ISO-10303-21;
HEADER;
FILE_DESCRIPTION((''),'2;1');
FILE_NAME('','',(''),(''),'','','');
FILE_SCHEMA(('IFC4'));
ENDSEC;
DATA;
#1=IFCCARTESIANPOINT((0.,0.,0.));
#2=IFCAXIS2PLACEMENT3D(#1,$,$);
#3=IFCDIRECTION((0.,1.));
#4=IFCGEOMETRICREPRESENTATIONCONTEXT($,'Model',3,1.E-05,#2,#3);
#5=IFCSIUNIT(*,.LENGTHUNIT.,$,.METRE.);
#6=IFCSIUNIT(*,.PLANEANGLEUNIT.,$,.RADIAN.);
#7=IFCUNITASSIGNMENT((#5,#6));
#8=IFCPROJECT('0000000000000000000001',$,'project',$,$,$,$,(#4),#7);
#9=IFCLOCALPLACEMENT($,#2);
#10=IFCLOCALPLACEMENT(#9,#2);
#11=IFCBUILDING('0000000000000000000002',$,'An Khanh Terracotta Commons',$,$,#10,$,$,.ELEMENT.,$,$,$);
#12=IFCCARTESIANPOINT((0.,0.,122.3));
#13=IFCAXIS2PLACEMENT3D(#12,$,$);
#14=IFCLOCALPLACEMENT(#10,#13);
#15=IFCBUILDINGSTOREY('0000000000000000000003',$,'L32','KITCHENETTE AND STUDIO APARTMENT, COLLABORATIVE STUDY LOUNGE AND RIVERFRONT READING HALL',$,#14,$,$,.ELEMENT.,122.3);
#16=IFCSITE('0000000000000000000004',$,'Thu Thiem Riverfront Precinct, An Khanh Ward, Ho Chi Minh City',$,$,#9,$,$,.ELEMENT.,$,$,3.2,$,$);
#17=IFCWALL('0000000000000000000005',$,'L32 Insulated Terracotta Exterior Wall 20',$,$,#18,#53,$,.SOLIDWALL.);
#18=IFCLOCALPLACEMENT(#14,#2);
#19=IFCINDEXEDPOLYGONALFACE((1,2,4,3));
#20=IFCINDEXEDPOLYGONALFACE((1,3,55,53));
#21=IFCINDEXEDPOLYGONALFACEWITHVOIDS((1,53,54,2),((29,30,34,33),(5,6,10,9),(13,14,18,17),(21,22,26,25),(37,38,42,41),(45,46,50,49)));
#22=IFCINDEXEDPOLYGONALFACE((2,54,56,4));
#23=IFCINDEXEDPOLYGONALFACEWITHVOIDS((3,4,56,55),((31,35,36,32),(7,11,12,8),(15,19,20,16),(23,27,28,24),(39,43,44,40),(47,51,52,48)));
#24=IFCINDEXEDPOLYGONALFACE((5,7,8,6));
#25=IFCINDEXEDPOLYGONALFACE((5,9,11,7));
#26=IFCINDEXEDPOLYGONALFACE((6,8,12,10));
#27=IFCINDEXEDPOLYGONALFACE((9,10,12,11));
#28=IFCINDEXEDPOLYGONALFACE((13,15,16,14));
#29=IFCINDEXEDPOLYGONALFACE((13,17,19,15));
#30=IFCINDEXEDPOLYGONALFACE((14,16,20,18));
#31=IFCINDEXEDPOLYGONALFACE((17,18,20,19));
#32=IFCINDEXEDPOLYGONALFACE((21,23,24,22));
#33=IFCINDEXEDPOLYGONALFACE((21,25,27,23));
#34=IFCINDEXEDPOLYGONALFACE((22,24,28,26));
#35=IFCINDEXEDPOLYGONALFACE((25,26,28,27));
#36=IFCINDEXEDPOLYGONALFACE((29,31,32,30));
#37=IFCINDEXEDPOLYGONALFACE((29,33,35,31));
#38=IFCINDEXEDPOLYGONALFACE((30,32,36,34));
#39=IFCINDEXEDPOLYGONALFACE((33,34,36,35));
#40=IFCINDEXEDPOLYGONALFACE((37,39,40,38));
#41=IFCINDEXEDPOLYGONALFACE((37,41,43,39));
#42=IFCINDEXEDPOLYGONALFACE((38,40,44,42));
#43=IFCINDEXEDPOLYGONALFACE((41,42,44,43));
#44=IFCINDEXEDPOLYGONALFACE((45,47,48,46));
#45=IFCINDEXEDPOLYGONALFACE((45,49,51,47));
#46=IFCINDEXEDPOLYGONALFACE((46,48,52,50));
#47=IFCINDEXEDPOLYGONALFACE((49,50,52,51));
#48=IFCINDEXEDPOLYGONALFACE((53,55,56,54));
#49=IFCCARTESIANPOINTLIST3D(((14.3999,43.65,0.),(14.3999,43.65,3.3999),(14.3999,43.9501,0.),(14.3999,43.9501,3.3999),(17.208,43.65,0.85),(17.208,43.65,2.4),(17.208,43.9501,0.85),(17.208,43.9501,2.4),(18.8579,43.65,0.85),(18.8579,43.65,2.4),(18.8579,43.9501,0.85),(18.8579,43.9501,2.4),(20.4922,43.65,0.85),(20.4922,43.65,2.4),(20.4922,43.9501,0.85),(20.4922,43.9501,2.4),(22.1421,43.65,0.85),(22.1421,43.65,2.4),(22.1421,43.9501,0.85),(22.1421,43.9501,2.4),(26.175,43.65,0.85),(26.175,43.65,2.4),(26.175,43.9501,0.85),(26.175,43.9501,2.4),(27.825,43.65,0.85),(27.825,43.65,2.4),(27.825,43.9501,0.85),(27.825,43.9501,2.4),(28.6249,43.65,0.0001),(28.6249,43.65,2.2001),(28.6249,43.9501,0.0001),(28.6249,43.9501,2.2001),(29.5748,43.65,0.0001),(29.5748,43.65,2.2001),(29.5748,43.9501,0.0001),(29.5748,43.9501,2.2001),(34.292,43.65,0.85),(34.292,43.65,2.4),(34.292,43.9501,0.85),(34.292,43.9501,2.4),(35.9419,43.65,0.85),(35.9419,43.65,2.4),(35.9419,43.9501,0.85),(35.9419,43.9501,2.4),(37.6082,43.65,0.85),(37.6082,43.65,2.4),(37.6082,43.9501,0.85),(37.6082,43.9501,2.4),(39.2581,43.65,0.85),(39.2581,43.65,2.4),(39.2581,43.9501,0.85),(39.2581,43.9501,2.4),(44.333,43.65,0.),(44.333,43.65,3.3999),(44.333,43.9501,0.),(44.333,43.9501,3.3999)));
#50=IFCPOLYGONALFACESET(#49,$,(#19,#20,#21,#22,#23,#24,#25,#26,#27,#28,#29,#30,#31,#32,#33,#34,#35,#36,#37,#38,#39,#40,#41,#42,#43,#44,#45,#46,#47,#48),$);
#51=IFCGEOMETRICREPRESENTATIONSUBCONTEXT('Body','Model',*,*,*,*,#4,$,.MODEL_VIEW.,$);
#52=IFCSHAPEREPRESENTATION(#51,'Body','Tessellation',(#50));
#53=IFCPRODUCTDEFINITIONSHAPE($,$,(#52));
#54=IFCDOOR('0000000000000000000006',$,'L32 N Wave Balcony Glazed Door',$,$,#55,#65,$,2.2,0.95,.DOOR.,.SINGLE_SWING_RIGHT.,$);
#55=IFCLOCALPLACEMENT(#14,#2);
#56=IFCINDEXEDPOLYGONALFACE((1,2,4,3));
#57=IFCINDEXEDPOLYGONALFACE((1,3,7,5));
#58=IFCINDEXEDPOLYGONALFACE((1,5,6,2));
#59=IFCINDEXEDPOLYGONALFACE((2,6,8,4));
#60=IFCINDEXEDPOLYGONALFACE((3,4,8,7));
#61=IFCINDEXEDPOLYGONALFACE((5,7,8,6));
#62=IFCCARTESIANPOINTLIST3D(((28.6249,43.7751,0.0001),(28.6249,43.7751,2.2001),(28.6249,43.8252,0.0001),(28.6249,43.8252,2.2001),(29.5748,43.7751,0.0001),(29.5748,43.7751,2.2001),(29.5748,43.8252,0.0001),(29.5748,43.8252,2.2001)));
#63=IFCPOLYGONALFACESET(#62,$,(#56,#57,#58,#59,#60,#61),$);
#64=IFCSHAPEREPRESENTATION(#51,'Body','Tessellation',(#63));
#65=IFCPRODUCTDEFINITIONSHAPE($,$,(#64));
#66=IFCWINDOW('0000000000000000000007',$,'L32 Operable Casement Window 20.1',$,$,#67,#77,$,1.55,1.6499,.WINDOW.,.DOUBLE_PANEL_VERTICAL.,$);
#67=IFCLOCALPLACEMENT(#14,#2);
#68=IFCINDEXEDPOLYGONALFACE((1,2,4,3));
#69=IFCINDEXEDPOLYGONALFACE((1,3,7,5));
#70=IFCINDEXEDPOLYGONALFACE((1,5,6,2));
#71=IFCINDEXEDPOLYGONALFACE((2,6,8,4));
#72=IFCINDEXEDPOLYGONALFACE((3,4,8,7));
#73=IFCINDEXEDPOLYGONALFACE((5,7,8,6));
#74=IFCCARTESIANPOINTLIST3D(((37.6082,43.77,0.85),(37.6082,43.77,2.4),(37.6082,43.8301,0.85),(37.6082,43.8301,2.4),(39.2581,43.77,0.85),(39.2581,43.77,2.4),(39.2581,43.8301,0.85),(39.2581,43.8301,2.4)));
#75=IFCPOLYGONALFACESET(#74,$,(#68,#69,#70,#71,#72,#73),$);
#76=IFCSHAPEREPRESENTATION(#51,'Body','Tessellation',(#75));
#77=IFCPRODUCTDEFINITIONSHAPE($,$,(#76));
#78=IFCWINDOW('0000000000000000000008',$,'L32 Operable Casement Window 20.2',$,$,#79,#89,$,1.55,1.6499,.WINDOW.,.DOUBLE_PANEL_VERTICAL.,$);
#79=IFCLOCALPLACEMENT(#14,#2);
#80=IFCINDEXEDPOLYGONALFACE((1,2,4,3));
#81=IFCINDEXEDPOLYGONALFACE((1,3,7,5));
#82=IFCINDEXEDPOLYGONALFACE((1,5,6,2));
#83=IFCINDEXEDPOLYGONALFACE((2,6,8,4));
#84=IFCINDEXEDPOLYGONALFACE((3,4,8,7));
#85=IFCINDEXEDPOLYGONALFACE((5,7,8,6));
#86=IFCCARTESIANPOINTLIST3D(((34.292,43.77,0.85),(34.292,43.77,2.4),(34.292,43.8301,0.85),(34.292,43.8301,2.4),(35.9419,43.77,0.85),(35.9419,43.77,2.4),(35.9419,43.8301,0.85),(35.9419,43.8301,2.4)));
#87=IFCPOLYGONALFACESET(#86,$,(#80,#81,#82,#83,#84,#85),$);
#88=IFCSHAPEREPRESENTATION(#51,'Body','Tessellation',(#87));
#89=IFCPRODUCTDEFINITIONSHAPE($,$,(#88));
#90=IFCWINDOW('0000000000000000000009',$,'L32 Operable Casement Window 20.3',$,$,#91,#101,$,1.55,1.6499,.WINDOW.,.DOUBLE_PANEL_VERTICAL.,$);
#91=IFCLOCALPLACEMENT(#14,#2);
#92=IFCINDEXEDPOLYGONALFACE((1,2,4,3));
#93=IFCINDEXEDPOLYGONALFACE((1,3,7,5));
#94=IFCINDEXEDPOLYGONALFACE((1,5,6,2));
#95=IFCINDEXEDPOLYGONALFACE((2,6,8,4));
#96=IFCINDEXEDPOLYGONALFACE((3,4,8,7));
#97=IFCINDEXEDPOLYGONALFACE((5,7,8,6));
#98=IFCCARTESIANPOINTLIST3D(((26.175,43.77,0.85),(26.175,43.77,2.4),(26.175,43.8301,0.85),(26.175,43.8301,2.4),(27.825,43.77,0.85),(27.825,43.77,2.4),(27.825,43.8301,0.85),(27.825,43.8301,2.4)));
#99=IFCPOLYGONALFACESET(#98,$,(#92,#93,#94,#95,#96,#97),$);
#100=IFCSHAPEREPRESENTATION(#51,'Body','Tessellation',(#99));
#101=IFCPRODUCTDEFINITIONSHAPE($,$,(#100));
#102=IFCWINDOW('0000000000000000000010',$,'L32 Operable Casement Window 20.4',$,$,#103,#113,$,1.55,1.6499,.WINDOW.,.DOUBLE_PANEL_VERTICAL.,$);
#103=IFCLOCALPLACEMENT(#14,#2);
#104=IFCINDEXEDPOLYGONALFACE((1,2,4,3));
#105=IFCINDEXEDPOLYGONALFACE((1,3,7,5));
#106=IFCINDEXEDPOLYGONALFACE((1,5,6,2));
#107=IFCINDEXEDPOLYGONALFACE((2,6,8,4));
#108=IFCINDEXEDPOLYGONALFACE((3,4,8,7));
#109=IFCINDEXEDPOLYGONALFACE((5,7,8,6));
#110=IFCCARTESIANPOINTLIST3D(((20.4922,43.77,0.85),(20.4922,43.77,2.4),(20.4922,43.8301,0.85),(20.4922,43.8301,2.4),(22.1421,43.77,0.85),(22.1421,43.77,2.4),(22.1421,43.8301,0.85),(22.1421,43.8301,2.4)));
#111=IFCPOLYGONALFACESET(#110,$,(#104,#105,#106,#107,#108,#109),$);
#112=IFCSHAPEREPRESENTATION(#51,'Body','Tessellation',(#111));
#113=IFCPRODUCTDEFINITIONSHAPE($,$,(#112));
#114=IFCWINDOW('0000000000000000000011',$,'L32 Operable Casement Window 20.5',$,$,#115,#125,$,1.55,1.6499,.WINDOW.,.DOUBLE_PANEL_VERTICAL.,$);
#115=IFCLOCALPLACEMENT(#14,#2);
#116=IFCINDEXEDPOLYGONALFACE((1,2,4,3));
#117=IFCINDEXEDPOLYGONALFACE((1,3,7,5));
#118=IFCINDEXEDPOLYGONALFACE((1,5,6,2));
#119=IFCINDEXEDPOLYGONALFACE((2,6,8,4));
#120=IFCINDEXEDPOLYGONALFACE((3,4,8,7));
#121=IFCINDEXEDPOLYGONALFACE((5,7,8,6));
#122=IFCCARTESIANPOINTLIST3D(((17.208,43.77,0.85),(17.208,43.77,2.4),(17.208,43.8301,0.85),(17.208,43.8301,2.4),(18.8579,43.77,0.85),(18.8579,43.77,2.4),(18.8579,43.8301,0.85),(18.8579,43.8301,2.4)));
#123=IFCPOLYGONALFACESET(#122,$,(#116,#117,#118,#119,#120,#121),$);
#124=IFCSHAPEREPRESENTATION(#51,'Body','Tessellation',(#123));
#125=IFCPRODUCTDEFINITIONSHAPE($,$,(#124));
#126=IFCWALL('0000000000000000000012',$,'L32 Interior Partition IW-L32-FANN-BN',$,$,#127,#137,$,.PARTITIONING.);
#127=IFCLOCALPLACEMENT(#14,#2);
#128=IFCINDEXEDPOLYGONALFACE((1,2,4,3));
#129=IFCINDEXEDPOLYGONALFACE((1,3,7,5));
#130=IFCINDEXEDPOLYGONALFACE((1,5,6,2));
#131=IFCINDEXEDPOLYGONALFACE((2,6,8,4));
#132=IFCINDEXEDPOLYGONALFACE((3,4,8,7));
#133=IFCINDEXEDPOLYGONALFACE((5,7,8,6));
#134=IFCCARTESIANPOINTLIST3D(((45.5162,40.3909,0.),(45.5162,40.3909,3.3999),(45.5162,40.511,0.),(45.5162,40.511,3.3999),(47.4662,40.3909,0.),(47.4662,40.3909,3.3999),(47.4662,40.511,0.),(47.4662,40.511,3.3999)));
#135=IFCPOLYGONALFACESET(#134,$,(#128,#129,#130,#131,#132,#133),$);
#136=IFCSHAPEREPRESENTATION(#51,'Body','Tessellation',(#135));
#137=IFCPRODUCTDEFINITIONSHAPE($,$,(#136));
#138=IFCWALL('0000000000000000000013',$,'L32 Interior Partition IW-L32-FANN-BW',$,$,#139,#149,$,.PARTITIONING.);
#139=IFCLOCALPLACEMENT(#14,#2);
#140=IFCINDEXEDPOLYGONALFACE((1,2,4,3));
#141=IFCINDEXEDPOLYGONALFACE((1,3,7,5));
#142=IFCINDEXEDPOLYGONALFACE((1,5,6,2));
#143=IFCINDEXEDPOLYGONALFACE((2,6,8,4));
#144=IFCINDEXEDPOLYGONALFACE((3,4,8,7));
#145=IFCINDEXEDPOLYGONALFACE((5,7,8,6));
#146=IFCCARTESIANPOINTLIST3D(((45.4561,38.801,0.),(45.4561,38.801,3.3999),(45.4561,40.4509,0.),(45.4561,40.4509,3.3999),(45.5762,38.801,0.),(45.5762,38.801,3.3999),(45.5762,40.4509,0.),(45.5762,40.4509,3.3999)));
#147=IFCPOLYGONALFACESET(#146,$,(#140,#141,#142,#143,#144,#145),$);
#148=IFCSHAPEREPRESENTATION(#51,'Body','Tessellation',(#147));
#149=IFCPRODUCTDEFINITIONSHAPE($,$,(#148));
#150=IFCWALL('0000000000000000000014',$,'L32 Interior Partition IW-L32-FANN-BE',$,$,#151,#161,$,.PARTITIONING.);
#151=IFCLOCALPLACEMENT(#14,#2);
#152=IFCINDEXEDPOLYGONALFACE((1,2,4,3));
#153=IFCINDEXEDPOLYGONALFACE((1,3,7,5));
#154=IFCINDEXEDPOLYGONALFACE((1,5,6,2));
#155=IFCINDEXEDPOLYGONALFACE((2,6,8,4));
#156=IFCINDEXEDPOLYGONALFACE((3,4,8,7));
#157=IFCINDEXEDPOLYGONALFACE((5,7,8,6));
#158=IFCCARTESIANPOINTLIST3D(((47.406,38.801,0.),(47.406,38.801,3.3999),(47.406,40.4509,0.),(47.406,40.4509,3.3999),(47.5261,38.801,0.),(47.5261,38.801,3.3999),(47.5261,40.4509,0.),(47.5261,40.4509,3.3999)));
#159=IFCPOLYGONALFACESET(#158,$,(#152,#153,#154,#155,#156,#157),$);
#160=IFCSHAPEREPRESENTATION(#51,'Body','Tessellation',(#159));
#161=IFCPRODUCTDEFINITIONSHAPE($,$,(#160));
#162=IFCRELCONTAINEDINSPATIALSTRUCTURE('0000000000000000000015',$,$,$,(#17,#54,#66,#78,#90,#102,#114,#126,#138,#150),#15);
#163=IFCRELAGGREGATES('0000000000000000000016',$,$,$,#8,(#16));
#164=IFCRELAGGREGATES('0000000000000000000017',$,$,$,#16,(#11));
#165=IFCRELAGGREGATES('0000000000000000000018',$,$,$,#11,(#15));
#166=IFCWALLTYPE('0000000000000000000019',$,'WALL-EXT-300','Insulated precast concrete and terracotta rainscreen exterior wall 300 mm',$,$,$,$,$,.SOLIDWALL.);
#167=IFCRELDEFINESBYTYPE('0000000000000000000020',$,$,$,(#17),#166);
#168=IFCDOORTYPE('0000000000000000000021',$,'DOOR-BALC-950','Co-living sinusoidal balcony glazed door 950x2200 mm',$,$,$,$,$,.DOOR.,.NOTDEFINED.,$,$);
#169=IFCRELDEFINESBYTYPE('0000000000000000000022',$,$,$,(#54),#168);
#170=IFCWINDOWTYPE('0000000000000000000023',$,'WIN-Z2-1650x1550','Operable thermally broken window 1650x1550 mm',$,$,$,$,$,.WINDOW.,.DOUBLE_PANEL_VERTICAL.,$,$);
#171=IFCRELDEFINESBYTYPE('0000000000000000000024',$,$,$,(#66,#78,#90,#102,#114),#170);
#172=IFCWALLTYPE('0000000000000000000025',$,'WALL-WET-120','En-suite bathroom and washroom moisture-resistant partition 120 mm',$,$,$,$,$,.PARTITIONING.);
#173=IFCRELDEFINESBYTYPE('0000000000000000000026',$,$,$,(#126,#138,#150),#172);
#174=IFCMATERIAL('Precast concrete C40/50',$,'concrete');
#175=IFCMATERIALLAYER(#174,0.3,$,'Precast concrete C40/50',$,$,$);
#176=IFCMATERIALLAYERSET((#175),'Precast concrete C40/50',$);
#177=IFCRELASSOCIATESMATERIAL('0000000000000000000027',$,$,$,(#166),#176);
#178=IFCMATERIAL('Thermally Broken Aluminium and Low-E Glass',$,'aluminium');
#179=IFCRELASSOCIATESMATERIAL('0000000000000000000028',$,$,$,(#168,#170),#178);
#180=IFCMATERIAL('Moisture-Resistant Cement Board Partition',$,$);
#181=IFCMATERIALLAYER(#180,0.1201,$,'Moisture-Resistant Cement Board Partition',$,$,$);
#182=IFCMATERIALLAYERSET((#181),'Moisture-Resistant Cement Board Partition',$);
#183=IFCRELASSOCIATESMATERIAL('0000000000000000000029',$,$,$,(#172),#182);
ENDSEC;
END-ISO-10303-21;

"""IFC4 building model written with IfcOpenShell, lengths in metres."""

from ifc_helpers import new_model, si_unit, direction, frame, frame_2d, origin, place, context, subcontext, project, spatial, rectangle, extrude, material, layer, layer_set, type_object, element, fill, save


model = new_model("IFC4")

# Units and contexts
model_context = context("Model", 3, precision=1e-05, world=origin(), true_north=direction((0.0, 1.0)))
body_context = subcontext(model_context, "Body", "Model", "MODEL_VIEW")
ifc_project = project(units=[si_unit("LENGTHUNIT", "METRE"), si_unit("PLANEANGLEUNIT", "RADIAN")], contexts=[model_context])

# Site, building, storey
site_placement = place(None, origin())
site = spatial("IfcSite", under=ifc_project, at=site_placement, Name="Thu Thiem Riverfront Precinct, An Khanh Ward, Ho Chi Minh City", CompositionType="ELEMENT", RefElevation=3.2)
building_placement = place(site_placement, origin())
building = spatial("IfcBuilding", under=site, at=building_placement, Name="An Khanh Terracotta Commons", CompositionType="ELEMENT")
storey_placement = place(building_placement, frame((0.0, 0.0, 122.3)))
storey = spatial("IfcBuildingStorey", under=building, at=storey_placement, Name="L32", Description="KITCHENETTE AND STUDIO APARTMENT, COLLABORATIVE STUDY LOUNGE AND RIVERFRONT READING HALL", CompositionType="ELEMENT", Elevation=122.3)

# Shared definitions
ifc_material_1 = material(Name="Precast concrete C40/50", Category="concrete")
ifc_layer_1 = layer(ifc_material_1, 0.3, Name="Precast concrete C40/50")
ifc_layer_set_1 = layer_set([ifc_layer_1], Name="Precast concrete C40/50")
wall_type_1 = type_object("IfcWallType", Name="WALL-EXT-300", Description="Insulated precast concrete and terracotta rainscreen exterior wall 300 mm", PredefinedType="SOLIDWALL", material=ifc_layer_set_1)

# Wall, openings, door, windows
wall_1_placement = place(storey_placement, frame((44.333, 43.8, 0.0), z_axis=(0.0, 0.0, 1.0), x_axis=(-1.0, 0.0, 0.0)))
wall_1 = element("IfcWall", 1, at=wall_1_placement, inside=storey, type_object=wall_type_1, Name="L32 Insulated Terracotta Exterior Wall 20", PredefinedType="SOLIDWALL", context=body_context, shape_type="SweptSolid", body=[
    extrude(rectangle(XDim=29.9331, YDim=0.3, at=frame_2d((14.9666, 0.0))), origin(), (0.0, 0.0, 1.0), 3.3999),
])
opening_1_placement = place(wall_1_placement, frame((14.7581, 0.0, 0.0)))
opening_1 = element("IfcOpeningElement", 2, at=opening_1_placement, cuts=wall_1, PredefinedType="OPENING", context=body_context, shape_type="SweptSolid", body=[
    extrude(rectangle(XDim=0.95, YDim=2.2, at=frame_2d((0.4751, 1.1001))), frame((0.0, 0.1599, 0.0), z_axis=(0.0, -1.0, 0.0), x_axis=(1.0, 0.0, 0.0)), (0.0, 0.0, 1.0), 0.3201),
])
opening_2_placement = place(wall_1_placement, frame((5.075, 0.0, 0.8501)))
opening_2 = element("IfcOpeningElement", 3, at=opening_2_placement, cuts=wall_1, PredefinedType="OPENING", context=body_context, shape_type="SweptSolid", body=[
    extrude(rectangle(XDim=1.6499, YDim=1.55, at=frame_2d((0.825, 0.7749))), frame((0.0, 0.1599, 0.0), z_axis=(0.0, -1.0, 0.0), x_axis=(1.0, 0.0, 0.0)), (0.0, 0.0, 1.0), 0.3201),
])
opening_3_placement = place(wall_1_placement, frame((8.3911, 0.0, 0.8501)))
opening_3 = element("IfcOpeningElement", 4, at=opening_3_placement, cuts=wall_1, PredefinedType="OPENING", context=body_context, shape_type="SweptSolid", body=[
    extrude(rectangle(XDim=1.6499, YDim=1.55, at=frame_2d((0.825, 0.7749))), frame((0.0, 0.1599, 0.0), z_axis=(0.0, -1.0, 0.0), x_axis=(1.0, 0.0, 0.0)), (0.0, 0.0, 1.0), 0.3201),
])
opening_4_placement = place(wall_1_placement, frame((16.5081, 0.0, 0.8501)))
opening_4 = element("IfcOpeningElement", 5, at=opening_4_placement, cuts=wall_1, PredefinedType="OPENING", context=body_context, shape_type="SweptSolid", body=[
    extrude(rectangle(XDim=1.6499, YDim=1.55, at=frame_2d((0.825, 0.7749))), frame((0.0, 0.1599, 0.0), z_axis=(0.0, -1.0, 0.0), x_axis=(1.0, 0.0, 0.0)), (0.0, 0.0, 1.0), 0.3201),
])
opening_5_placement = place(wall_1_placement, frame((22.1909, 0.0, 0.8501)))
opening_5 = element("IfcOpeningElement", 6, at=opening_5_placement, cuts=wall_1, PredefinedType="OPENING", context=body_context, shape_type="SweptSolid", body=[
    extrude(rectangle(XDim=1.6499, YDim=1.55, at=frame_2d((0.825, 0.7749))), frame((0.0, 0.1599, 0.0), z_axis=(0.0, -1.0, 0.0), x_axis=(1.0, 0.0, 0.0)), (0.0, 0.0, 1.0), 0.3201),
])
opening_6_placement = place(wall_1_placement, frame((25.4751, 0.0, 0.8501)))
opening_6 = element("IfcOpeningElement", 7, at=opening_6_placement, cuts=wall_1, PredefinedType="OPENING", context=body_context, shape_type="SweptSolid", body=[
    extrude(rectangle(XDim=1.6499, YDim=1.55, at=frame_2d((0.825, 0.7749))), frame((0.0, 0.1599, 0.0), z_axis=(0.0, -1.0, 0.0), x_axis=(1.0, 0.0, 0.0)), (0.0, 0.0, 1.0), 0.3201),
])
ifc_material_2 = material(Name="Thermally Broken Aluminium and Low-E Glass", Category="aluminium")
door_type = type_object("IfcDoorType", Name="DOOR-BALC-950", Description="Co-living sinusoidal balcony glazed door 950x2200 mm", OperationType="NOTDEFINED", PredefinedType="DOOR", material=ifc_material_2)
door_placement = place(opening_1_placement, origin())
door = element("IfcDoor", 8, at=door_placement, inside=storey, type_object=door_type, Name="L32 N Wave Balcony Glazed Door", OperationType="SINGLE_SWING_RIGHT", OverallHeight=2.2, OverallWidth=0.95, PredefinedType="DOOR", context=body_context, shape_type="SweptSolid", body=[
    extrude(rectangle(XDim=0.95, YDim=2.2, at=frame_2d((0.4751, 1.1001))), frame((0.0, 0.0249, 0.0), z_axis=(0.0, -1.0, 0.0), x_axis=(1.0, 0.0, 0.0)), (0.0, 0.0, 1.0), 0.05),
])
fill(opening_1, door)
window_type = type_object("IfcWindowType", Name="WIN-Z2-1650x1550", Description="Operable thermally broken window 1650x1550 mm", PartitioningType="DOUBLE_PANEL_VERTICAL", PredefinedType="WINDOW", material=ifc_material_2)
window_1_placement = place(opening_2_placement, origin())
window_1 = element("IfcWindow", 9, at=window_1_placement, inside=storey, type_object=window_type, Name="L32 Operable Casement Window 20.1", OverallHeight=1.55, OverallWidth=1.6499, PartitioningType="DOUBLE_PANEL_VERTICAL", PredefinedType="WINDOW", context=body_context, shape_type="SweptSolid", body=[
    extrude(rectangle(XDim=1.6499, YDim=1.55, at=frame_2d((0.825, 0.7749))), frame((0.0, 0.03, 0.0), z_axis=(0.0, -1.0, 0.0), x_axis=(1.0, 0.0, 0.0)), (0.0, 0.0, 1.0), 0.0601),
])
fill(opening_2, window_1)
window_2_placement = place(opening_3_placement, origin())
window_2 = element("IfcWindow", 10, at=window_2_placement, inside=storey, type_object=window_type, Name="L32 Operable Casement Window 20.2", OverallHeight=1.55, OverallWidth=1.6499, PartitioningType="DOUBLE_PANEL_VERTICAL", PredefinedType="WINDOW", context=body_context, shape_type="SweptSolid", body=[
    extrude(rectangle(XDim=1.6499, YDim=1.55, at=frame_2d((0.825, 0.7749))), frame((0.0, 0.03, 0.0), z_axis=(0.0, -1.0, 0.0), x_axis=(1.0, 0.0, 0.0)), (0.0, 0.0, 1.0), 0.0601),
])
fill(opening_3, window_2)
window_3_placement = place(opening_4_placement, origin())
window_3 = element("IfcWindow", 11, at=window_3_placement, inside=storey, type_object=window_type, Name="L32 Operable Casement Window 20.3", OverallHeight=1.55, OverallWidth=1.6499, PartitioningType="DOUBLE_PANEL_VERTICAL", PredefinedType="WINDOW", context=body_context, shape_type="SweptSolid", body=[
    extrude(rectangle(XDim=1.6499, YDim=1.55, at=frame_2d((0.825, 0.7749))), frame((0.0, 0.03, 0.0), z_axis=(0.0, -1.0, 0.0), x_axis=(1.0, 0.0, 0.0)), (0.0, 0.0, 1.0), 0.0601),
])
fill(opening_4, window_3)
window_4_placement = place(opening_5_placement, origin())
window_4 = element("IfcWindow", 12, at=window_4_placement, inside=storey, type_object=window_type, Name="L32 Operable Casement Window 20.4", OverallHeight=1.55, OverallWidth=1.6499, PartitioningType="DOUBLE_PANEL_VERTICAL", PredefinedType="WINDOW", context=body_context, shape_type="SweptSolid", body=[
    extrude(rectangle(XDim=1.6499, YDim=1.55, at=frame_2d((0.825, 0.7749))), frame((0.0, 0.03, 0.0), z_axis=(0.0, -1.0, 0.0), x_axis=(1.0, 0.0, 0.0)), (0.0, 0.0, 1.0), 0.0601),
])
fill(opening_5, window_4)
window_5_placement = place(opening_6_placement, origin())
window_5 = element("IfcWindow", 13, at=window_5_placement, inside=storey, type_object=window_type, Name="L32 Operable Casement Window 20.5", OverallHeight=1.55, OverallWidth=1.6499, PartitioningType="DOUBLE_PANEL_VERTICAL", PredefinedType="WINDOW", context=body_context, shape_type="SweptSolid", body=[
    extrude(rectangle(XDim=1.6499, YDim=1.55, at=frame_2d((0.825, 0.7749))), frame((0.0, 0.03, 0.0), z_axis=(0.0, -1.0, 0.0), x_axis=(1.0, 0.0, 0.0)), (0.0, 0.0, 1.0), 0.0601),
])
fill(opening_6, window_5)

# Walls
ifc_material_3 = material(Name="Moisture-Resistant Cement Board Partition")
ifc_layer_2 = layer(ifc_material_3, 0.1201, Name="Moisture-Resistant Cement Board Partition")
ifc_layer_set_2 = layer_set([ifc_layer_2], Name="Moisture-Resistant Cement Board Partition")
wall_type_2 = type_object("IfcWallType", Name="WALL-WET-120", Description="En-suite bathroom and washroom moisture-resistant partition 120 mm", PredefinedType="PARTITIONING", material=ifc_layer_set_2)
wall_2_placement = place(storey_placement, frame((45.5161, 40.4509, 0.0), z_axis=(0.0, 0.0, 1.0), x_axis=(1.0, 0.0, 0.0)))
element("IfcWall", 14, at=wall_2_placement, inside=storey, type_object=wall_type_2, Name="L32 Interior Partition IW-L32-FANN-BN", PredefinedType="PARTITIONING", context=body_context, shape_type="SweptSolid", body=[
    extrude(rectangle(XDim=1.95, YDim=0.1201, at=frame_2d((0.9751, 0.0))), origin(), (0.0, 0.0, 1.0), 3.3999),
])
for number, where, z_axis, x_axis, name in (
    (15, (45.5161, 40.4509, 0.0), (0.0, 0.0, 1.0), (0.0, -1.0, 0.0), "L32 Interior Partition IW-L32-FANN-BW"),
    (16, (47.4661, 38.801, 0.0), (0.0, 0.0, 1.0), (0.0, 1.0, 0.0), "L32 Interior Partition IW-L32-FANN-BE"),
):
    element("IfcWall", number, at=place(storey_placement, frame(where, z_axis=z_axis, x_axis=x_axis)), inside=storey, type_object=wall_type_2, Name=name, PredefinedType="PARTITIONING", context=body_context, shape_type="SweptSolid", body=[
        extrude(rectangle(XDim=1.6499, YDim=0.1201, at=frame_2d((0.825, 0.0))), origin(), (0.0, 0.0, 1.0), 3.3999),
    ])

save(model, "model.ifc")
